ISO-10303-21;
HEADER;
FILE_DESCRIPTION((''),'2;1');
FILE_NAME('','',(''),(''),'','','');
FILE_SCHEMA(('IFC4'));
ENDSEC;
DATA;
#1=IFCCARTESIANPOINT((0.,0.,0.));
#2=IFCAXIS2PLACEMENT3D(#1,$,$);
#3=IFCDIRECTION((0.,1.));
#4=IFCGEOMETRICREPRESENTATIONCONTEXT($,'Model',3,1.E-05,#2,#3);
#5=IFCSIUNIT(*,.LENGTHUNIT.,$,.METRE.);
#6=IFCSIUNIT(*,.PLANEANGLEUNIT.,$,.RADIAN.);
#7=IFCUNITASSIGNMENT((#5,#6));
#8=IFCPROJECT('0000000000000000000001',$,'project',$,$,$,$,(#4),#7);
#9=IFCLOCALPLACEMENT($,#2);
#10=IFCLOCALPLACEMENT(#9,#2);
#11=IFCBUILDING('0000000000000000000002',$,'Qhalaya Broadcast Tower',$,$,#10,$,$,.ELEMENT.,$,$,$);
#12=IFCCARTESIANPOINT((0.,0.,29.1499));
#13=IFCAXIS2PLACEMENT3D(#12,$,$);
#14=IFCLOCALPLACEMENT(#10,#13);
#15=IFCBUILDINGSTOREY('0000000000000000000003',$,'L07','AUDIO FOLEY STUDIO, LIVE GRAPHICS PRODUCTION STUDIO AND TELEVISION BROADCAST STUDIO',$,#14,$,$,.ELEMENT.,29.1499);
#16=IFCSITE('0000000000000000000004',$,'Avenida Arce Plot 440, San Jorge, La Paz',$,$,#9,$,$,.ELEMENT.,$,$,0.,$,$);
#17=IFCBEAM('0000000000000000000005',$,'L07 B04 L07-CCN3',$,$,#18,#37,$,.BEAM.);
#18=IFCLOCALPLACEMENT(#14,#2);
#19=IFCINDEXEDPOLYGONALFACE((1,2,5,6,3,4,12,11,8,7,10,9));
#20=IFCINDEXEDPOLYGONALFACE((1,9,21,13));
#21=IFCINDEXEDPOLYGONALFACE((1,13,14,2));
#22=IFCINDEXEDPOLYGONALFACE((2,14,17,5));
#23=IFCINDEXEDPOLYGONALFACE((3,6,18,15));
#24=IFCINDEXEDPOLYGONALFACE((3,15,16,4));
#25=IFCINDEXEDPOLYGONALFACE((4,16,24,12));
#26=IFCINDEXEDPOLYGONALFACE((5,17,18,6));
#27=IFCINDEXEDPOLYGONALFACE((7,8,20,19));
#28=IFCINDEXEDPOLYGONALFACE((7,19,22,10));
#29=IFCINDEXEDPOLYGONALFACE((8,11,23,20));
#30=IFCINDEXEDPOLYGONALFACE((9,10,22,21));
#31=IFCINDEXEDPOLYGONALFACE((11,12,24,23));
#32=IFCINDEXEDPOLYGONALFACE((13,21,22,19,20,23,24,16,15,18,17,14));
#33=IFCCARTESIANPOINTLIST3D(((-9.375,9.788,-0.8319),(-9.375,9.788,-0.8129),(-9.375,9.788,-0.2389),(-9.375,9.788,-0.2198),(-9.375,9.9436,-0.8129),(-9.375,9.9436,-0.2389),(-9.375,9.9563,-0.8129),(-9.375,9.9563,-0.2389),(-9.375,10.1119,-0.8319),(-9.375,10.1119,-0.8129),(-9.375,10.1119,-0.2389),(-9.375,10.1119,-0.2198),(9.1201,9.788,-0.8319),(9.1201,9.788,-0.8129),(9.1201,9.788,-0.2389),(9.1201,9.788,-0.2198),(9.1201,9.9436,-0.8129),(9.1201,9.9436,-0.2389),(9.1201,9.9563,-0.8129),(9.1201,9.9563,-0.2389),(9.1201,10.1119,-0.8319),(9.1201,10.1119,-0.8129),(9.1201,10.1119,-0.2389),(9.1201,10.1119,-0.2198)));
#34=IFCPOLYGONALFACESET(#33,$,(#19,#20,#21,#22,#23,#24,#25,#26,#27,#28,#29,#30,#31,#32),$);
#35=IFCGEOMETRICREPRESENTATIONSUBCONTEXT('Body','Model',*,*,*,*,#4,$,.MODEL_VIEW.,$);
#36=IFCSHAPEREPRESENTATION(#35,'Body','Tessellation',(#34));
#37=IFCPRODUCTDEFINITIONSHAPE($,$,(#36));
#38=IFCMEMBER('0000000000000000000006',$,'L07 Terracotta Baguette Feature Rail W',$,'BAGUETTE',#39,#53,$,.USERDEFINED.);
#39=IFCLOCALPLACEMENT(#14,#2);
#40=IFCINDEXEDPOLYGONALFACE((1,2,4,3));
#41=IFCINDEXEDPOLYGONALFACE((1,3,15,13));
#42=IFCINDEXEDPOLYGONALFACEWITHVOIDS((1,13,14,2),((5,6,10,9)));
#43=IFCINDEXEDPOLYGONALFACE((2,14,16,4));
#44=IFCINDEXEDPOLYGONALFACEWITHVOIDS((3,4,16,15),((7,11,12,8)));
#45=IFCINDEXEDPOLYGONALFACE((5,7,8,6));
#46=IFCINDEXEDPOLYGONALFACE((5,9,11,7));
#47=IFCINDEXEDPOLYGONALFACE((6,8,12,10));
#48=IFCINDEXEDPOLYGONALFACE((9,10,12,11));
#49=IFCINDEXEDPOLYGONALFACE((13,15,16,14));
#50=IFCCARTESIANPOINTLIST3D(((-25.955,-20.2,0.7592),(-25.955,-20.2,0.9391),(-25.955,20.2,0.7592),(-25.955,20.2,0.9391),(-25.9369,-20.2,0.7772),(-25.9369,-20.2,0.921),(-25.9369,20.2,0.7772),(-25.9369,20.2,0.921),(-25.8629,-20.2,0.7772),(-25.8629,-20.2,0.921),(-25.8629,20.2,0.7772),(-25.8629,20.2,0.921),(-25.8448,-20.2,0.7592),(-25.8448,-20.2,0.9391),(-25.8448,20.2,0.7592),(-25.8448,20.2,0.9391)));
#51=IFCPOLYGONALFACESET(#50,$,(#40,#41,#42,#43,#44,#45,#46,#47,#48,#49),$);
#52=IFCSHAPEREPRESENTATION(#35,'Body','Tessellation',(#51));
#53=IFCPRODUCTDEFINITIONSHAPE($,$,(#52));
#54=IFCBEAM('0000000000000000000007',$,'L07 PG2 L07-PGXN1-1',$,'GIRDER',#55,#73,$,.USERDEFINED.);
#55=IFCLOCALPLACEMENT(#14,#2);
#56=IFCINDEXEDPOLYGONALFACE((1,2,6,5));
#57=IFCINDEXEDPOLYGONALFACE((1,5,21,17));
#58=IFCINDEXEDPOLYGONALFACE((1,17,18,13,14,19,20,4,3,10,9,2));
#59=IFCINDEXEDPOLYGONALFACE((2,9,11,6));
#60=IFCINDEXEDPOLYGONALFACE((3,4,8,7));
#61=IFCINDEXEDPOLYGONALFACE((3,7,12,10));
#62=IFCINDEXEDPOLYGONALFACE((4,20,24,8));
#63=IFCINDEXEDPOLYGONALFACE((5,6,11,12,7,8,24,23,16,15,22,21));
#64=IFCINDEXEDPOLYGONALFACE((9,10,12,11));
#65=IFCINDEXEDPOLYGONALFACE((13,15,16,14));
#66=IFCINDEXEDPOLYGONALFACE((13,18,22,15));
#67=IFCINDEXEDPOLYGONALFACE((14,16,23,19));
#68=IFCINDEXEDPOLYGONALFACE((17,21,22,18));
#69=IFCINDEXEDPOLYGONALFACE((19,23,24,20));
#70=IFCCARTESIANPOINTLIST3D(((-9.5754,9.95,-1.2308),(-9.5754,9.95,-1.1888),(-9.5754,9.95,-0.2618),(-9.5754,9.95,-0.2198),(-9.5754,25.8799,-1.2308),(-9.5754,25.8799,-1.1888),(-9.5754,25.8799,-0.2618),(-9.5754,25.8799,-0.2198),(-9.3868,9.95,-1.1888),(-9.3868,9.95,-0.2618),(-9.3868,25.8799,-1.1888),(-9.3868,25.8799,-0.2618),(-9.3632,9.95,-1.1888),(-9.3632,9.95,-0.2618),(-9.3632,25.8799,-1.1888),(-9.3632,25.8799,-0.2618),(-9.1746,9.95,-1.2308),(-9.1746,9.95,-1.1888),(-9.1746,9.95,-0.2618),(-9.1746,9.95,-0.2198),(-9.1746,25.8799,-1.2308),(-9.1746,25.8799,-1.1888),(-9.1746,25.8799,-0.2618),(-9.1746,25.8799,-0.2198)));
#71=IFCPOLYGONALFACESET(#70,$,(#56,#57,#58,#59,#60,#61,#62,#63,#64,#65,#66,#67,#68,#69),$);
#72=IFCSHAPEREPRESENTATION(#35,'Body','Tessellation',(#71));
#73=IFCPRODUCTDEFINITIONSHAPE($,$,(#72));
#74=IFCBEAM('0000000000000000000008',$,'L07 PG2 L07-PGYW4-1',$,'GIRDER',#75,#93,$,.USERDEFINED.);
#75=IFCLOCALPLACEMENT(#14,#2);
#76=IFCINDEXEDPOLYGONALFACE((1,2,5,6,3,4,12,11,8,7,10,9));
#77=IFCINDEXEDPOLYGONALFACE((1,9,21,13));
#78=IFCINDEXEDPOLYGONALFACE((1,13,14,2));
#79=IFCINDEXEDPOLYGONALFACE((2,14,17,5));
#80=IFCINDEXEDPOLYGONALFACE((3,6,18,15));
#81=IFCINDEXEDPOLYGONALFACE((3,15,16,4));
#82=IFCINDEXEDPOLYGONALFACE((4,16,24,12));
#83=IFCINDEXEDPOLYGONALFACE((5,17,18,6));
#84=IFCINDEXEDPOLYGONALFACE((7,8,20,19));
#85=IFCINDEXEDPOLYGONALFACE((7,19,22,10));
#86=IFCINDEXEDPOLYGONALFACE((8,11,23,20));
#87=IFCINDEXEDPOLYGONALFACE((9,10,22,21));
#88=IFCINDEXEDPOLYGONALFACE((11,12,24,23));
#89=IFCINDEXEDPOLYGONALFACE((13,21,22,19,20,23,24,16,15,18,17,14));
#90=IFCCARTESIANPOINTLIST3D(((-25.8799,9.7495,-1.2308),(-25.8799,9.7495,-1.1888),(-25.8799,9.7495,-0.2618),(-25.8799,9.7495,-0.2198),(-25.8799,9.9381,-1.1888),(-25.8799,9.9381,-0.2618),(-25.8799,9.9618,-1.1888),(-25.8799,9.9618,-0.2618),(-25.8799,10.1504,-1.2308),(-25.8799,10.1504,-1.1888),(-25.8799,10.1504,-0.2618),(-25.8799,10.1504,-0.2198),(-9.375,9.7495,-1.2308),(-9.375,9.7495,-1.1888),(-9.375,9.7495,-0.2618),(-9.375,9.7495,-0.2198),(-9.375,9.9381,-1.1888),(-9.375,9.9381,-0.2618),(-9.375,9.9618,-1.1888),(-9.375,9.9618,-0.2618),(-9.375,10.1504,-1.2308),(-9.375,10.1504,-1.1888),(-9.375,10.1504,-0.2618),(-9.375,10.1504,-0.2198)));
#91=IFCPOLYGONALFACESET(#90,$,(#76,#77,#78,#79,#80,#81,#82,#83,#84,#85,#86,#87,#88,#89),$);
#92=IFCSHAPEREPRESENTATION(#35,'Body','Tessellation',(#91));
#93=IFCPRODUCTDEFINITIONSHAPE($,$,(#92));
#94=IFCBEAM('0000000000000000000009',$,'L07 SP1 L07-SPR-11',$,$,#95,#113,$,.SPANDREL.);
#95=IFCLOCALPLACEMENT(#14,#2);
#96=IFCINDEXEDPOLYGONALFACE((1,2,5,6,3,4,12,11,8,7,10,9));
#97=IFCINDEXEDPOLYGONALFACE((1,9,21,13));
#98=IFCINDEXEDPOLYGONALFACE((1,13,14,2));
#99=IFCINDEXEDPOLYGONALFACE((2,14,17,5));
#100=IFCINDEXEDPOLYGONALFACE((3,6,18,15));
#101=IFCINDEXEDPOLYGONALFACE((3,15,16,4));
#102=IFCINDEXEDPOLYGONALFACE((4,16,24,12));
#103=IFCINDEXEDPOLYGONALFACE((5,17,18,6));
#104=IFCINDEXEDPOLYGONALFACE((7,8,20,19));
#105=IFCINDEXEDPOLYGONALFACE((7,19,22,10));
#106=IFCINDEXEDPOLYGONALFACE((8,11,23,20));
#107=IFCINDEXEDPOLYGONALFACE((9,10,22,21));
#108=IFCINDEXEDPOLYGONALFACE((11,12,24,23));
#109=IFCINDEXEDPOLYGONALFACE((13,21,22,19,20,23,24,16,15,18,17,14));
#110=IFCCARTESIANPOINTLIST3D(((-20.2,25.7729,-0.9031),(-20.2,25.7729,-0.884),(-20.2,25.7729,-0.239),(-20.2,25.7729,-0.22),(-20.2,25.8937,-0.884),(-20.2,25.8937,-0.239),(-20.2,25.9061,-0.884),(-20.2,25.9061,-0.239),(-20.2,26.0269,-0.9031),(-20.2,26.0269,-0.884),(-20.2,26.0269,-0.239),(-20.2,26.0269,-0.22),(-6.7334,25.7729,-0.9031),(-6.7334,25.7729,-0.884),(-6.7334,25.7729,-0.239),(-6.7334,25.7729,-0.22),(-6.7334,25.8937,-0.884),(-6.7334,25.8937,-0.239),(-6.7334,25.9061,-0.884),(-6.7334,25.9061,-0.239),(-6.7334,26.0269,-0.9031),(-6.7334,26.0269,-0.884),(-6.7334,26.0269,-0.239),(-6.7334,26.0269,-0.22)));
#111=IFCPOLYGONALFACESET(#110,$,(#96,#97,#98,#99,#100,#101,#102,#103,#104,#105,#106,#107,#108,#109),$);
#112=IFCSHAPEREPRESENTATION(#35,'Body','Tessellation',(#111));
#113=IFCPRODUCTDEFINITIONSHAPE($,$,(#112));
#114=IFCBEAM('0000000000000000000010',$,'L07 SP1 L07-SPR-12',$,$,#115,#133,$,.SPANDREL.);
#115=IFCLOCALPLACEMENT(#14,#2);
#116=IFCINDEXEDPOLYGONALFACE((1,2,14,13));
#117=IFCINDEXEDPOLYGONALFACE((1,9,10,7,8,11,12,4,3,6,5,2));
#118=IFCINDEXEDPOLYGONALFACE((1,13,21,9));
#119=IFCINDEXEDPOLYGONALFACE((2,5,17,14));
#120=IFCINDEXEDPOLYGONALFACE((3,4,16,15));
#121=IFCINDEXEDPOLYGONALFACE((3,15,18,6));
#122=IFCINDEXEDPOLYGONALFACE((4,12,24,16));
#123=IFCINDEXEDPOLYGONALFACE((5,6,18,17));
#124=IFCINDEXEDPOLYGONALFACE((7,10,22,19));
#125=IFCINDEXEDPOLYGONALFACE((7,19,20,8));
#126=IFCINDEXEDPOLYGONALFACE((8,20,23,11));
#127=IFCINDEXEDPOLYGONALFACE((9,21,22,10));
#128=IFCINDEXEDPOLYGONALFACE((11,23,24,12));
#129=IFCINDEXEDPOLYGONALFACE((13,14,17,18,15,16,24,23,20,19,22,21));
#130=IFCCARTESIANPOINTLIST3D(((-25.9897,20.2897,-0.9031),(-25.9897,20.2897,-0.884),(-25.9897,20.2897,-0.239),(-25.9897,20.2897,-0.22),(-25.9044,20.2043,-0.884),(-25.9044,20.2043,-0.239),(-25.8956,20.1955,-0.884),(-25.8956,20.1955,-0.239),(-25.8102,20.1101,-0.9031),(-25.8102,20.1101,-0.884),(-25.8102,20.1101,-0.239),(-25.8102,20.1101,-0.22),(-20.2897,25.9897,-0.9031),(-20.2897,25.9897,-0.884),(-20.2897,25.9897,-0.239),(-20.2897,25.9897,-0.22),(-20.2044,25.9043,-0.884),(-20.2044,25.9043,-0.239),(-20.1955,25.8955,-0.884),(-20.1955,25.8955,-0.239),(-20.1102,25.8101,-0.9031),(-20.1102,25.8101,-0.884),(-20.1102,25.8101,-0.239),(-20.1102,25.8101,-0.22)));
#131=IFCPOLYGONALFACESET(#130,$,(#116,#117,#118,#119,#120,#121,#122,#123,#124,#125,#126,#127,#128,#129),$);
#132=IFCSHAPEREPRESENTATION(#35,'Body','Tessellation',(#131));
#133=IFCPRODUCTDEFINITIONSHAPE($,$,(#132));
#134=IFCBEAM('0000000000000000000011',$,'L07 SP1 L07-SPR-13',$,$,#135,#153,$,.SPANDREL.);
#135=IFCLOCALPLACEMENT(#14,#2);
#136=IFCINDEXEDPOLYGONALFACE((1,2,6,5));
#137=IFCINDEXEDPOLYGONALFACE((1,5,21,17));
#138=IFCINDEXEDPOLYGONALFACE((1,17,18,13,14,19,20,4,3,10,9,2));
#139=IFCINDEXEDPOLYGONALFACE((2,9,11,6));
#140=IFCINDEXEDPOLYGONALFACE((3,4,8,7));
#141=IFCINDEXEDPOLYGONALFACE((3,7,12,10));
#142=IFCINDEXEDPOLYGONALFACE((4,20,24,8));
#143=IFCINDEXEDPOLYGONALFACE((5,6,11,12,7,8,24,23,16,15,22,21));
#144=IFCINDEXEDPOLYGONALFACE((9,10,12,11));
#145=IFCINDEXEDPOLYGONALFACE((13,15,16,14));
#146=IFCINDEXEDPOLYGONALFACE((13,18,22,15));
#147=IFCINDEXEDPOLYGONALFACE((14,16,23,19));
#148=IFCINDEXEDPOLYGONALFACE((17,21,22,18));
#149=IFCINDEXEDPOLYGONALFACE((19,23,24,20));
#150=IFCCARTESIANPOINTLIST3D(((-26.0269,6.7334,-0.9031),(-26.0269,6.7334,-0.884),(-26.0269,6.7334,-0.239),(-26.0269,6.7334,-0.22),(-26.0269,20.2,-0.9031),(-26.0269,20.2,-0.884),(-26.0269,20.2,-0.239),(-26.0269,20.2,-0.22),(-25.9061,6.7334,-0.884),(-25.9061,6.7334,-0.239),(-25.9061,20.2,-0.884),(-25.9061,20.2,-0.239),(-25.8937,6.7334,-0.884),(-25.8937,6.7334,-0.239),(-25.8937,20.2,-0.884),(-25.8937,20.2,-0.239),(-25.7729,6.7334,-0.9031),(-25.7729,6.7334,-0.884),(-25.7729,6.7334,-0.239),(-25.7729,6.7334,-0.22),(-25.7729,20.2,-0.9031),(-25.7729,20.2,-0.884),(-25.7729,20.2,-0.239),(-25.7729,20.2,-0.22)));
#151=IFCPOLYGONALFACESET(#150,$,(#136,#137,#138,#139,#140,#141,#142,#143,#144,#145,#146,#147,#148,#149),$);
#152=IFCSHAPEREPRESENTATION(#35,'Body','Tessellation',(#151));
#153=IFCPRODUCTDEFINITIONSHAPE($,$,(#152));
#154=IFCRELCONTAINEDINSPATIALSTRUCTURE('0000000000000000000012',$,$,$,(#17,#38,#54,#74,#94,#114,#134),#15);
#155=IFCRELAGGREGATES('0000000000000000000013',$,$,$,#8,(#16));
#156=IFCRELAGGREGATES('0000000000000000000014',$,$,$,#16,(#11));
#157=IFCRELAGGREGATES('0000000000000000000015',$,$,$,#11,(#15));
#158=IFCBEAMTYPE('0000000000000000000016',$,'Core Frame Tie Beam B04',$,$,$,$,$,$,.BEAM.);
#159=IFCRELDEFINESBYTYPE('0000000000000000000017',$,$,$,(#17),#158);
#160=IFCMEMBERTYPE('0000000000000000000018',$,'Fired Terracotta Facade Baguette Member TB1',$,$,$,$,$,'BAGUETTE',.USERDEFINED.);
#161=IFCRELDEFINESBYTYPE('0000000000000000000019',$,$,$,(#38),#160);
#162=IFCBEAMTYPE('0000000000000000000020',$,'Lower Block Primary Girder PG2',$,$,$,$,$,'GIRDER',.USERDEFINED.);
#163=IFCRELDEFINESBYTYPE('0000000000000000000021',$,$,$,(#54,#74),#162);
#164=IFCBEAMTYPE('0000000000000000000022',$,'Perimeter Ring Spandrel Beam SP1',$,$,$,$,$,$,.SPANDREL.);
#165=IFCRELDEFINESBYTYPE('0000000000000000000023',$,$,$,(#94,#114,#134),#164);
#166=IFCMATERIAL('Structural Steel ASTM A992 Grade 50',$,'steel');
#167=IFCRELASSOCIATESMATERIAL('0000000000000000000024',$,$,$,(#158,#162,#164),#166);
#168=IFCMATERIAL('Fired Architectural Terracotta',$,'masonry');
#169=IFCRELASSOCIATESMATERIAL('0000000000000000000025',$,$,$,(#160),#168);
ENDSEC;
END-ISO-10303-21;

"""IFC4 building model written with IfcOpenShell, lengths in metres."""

from ifc_helpers import new_model, si_unit, direction, frame, origin, origin_2d, place, context, subcontext, project, spatial, hollow_rectangle, i_section, extrude, material, material_profile, profile_set, type_object, element, save


model = new_model("IFC4")

# Units and contexts
model_context = context("Model", 3, precision=1e-05, world=origin(), true_north=direction((0.0, 1.0)))
body_context = subcontext(model_context, "Body", "Model", "MODEL_VIEW")
ifc_project = project(units=[si_unit("LENGTHUNIT", "METRE"), si_unit("PLANEANGLEUNIT", "RADIAN")], contexts=[model_context])

# Site, building, storey
site_placement = place(None, origin())
site = spatial("IfcSite", under=ifc_project, at=site_placement, Name="Avenida Arce Plot 440, San Jorge, La Paz", CompositionType="ELEMENT", RefElevation=0.0)
building_placement = place(site_placement, origin())
building = spatial("IfcBuilding", under=site, at=building_placement, Name="Qhalaya Broadcast Tower", CompositionType="ELEMENT")
storey_placement = place(building_placement, frame((0.0, 0.0, 29.1499)))
storey = spatial("IfcBuildingStorey", under=building, at=storey_placement, Name="L07", Description="AUDIO FOLEY STUDIO, LIVE GRAPHICS PRODUCTION STUDIO AND TELEVISION BROADCAST STUDIO", CompositionType="ELEMENT", Elevation=29.1499)

# Shared definitions
ifc_material_1 = material(Name="Structural Steel ASTM A992 Grade 50", Category="steel")

# Beam
ifc_material_profile_1 = material_profile(ifc_material_1, i_section(OverallWidth=0.324, OverallDepth=0.6121, WebThickness=0.0127, FlangeThickness=0.019, at=origin_2d()), Name="W24X104")
ifc_profile_set_1 = profile_set([ifc_material_profile_1], Name="Structural Steel ASTM A992 Grade 50")
beam_type_1 = type_object("IfcBeamType", Name="Core Frame Tie Beam B04", PredefinedType="BEAM", material=ifc_profile_set_1)
beam_1_placement = place(storey_placement, frame((-9.375, 9.95, -0.5259), z_axis=(1.0, 0.0, 0.0), x_axis=(0.0, 1.0, 0.0)))
element("IfcBeam", 1, at=beam_1_placement, inside=storey, type_object=beam_type_1, Name="L07 B04 L07-CCN3", PredefinedType="BEAM", context=body_context, shape_type="SweptSolid", body=[
    extrude(i_section(OverallWidth=0.324, OverallDepth=0.6121, WebThickness=0.0127, FlangeThickness=0.019, at=origin_2d()), origin(), (0.0, 0.0, 1.0), 18.4951),
])

# Member
ifc_material_2 = material(Name="Fired Architectural Terracotta", Category="masonry")
ifc_material_profile_2 = material_profile(ifc_material_2, hollow_rectangle(XDim=0.1101, YDim=0.1799, WallThickness=0.0181, at=origin_2d()), Name="TB-BAG 110x180x18")
ifc_profile_set_2 = profile_set([ifc_material_profile_2], Name="Fired Architectural Terracotta")
member_type = type_object("IfcMemberType", Name="Fired Terracotta Facade Baguette Member TB1", ElementType="BAGUETTE", PredefinedType="USERDEFINED", material=ifc_profile_set_2)
member_placement = place(storey_placement, frame((-25.8999, 20.2, 0.8491), z_axis=(0.0, -1.0, 0.0), x_axis=(1.0, 0.0, 0.0)))
element("IfcMember", 2, at=member_placement, inside=storey, type_object=member_type, Name="L07 Terracotta Baguette Feature Rail W", ObjectType="BAGUETTE", PredefinedType="USERDEFINED", context=body_context, shape_type="SweptSolid", body=[
    extrude(hollow_rectangle(XDim=0.1101, YDim=0.1799, WallThickness=0.0181, at=origin_2d()), origin(), (0.0, 0.0, 1.0), 40.3999),
])

# Beams
ifc_material_profile_3 = material_profile(ifc_material_1, i_section(OverallWidth=0.4009, OverallDepth=1.011, WebThickness=0.0237, FlangeThickness=0.042, at=origin_2d()), Name="W40X297")
ifc_profile_set_3 = profile_set([ifc_material_profile_3], Name="Structural Steel ASTM A992 Grade 50")
beam_type_2 = type_object("IfcBeamType", Name="Lower Block Primary Girder PG2", ElementType="GIRDER", PredefinedType="USERDEFINED", material=ifc_profile_set_3)
beam_2_placement = place(storey_placement, frame((-9.375, 9.95, -0.7253), z_axis=(0.0, 1.0, 0.0), x_axis=(-1.0, 0.0, 0.0)))
element("IfcBeam", 3, at=beam_2_placement, inside=storey, type_object=beam_type_2, Name="L07 PG2 L07-PGXN1-1", ObjectType="GIRDER", PredefinedType="USERDEFINED", context=body_context, shape_type="SweptSolid", body=[
    extrude(i_section(OverallWidth=0.4009, OverallDepth=1.011, WebThickness=0.0237, FlangeThickness=0.042, at=origin_2d()), origin(), (0.0, 0.0, 1.0), 15.9299),
])
beam_3_placement = place(storey_placement, frame((-25.8799, 9.95, -0.7253), z_axis=(1.0, 0.0, 0.0), x_axis=(0.0, 1.0, 0.0)))
element("IfcBeam", 4, at=beam_3_placement, inside=storey, type_object=beam_type_2, Name="L07 PG2 L07-PGYW4-1", ObjectType="GIRDER", PredefinedType="USERDEFINED", context=body_context, shape_type="SweptSolid", body=[
    extrude(i_section(OverallWidth=0.4009, OverallDepth=1.011, WebThickness=0.0237, FlangeThickness=0.042, at=origin_2d()), origin(), (0.0, 0.0, 1.0), 16.5049),
])
ifc_material_profile_4 = material_profile(ifc_material_1, i_section(OverallWidth=0.2539, OverallDepth=0.6831, WebThickness=0.0125, FlangeThickness=0.019, at=origin_2d()), Name="W27X94")
ifc_profile_set_4 = profile_set([ifc_material_profile_4], Name="Structural Steel ASTM A992 Grade 50")
beam_type_3 = type_object("IfcBeamType", Name="Perimeter Ring Spandrel Beam SP1", PredefinedType="SPANDREL", material=ifc_profile_set_4)
beam_4_placement = place(storey_placement, frame((-6.7334, 25.8999, -0.5615), z_axis=(-1.0, 0.0, 0.0), x_axis=(0.0, -1.0, 0.0)))
element("IfcBeam", 5, at=beam_4_placement, inside=storey, type_object=beam_type_3, Name="L07 SP1 L07-SPR-11", PredefinedType="SPANDREL", context=body_context, shape_type="SweptSolid", body=[
    extrude(i_section(OverallWidth=0.2539, OverallDepth=0.6831, WebThickness=0.0125, FlangeThickness=0.019, at=origin_2d()), origin(), (0.0, 0.0, 1.0), 13.4666),
])
beam_5_placement = place(storey_placement, frame((-20.2, 25.8999, -0.5615), z_axis=(-0.707107, -0.707107, 0.0), x_axis=(0.707107, -0.707107, 0.0)))
element("IfcBeam", 6, at=beam_5_placement, inside=storey, type_object=beam_type_3, Name="L07 SP1 L07-SPR-12", PredefinedType="SPANDREL", context=body_context, shape_type="SweptSolid", body=[
    extrude(i_section(OverallWidth=0.2539, OverallDepth=0.6831, WebThickness=0.0125, FlangeThickness=0.019, at=origin_2d()), origin(), (0.0, 0.0, 1.0), 8.061),
])
beam_6_placement = place(storey_placement, frame((-25.8999, 20.2, -0.5615), z_axis=(0.0, -1.0, 0.0), x_axis=(1.0, 0.0, 0.0)))
element("IfcBeam", 7, at=beam_6_placement, inside=storey, type_object=beam_type_3, Name="L07 SP1 L07-SPR-13", PredefinedType="SPANDREL", context=body_context, shape_type="SweptSolid", body=[
    extrude(i_section(OverallWidth=0.2539, OverallDepth=0.6831, WebThickness=0.0125, FlangeThickness=0.019, at=origin_2d()), origin(), (0.0, 0.0, 1.0), 13.4666),
])

save(model, "model.ifc")
